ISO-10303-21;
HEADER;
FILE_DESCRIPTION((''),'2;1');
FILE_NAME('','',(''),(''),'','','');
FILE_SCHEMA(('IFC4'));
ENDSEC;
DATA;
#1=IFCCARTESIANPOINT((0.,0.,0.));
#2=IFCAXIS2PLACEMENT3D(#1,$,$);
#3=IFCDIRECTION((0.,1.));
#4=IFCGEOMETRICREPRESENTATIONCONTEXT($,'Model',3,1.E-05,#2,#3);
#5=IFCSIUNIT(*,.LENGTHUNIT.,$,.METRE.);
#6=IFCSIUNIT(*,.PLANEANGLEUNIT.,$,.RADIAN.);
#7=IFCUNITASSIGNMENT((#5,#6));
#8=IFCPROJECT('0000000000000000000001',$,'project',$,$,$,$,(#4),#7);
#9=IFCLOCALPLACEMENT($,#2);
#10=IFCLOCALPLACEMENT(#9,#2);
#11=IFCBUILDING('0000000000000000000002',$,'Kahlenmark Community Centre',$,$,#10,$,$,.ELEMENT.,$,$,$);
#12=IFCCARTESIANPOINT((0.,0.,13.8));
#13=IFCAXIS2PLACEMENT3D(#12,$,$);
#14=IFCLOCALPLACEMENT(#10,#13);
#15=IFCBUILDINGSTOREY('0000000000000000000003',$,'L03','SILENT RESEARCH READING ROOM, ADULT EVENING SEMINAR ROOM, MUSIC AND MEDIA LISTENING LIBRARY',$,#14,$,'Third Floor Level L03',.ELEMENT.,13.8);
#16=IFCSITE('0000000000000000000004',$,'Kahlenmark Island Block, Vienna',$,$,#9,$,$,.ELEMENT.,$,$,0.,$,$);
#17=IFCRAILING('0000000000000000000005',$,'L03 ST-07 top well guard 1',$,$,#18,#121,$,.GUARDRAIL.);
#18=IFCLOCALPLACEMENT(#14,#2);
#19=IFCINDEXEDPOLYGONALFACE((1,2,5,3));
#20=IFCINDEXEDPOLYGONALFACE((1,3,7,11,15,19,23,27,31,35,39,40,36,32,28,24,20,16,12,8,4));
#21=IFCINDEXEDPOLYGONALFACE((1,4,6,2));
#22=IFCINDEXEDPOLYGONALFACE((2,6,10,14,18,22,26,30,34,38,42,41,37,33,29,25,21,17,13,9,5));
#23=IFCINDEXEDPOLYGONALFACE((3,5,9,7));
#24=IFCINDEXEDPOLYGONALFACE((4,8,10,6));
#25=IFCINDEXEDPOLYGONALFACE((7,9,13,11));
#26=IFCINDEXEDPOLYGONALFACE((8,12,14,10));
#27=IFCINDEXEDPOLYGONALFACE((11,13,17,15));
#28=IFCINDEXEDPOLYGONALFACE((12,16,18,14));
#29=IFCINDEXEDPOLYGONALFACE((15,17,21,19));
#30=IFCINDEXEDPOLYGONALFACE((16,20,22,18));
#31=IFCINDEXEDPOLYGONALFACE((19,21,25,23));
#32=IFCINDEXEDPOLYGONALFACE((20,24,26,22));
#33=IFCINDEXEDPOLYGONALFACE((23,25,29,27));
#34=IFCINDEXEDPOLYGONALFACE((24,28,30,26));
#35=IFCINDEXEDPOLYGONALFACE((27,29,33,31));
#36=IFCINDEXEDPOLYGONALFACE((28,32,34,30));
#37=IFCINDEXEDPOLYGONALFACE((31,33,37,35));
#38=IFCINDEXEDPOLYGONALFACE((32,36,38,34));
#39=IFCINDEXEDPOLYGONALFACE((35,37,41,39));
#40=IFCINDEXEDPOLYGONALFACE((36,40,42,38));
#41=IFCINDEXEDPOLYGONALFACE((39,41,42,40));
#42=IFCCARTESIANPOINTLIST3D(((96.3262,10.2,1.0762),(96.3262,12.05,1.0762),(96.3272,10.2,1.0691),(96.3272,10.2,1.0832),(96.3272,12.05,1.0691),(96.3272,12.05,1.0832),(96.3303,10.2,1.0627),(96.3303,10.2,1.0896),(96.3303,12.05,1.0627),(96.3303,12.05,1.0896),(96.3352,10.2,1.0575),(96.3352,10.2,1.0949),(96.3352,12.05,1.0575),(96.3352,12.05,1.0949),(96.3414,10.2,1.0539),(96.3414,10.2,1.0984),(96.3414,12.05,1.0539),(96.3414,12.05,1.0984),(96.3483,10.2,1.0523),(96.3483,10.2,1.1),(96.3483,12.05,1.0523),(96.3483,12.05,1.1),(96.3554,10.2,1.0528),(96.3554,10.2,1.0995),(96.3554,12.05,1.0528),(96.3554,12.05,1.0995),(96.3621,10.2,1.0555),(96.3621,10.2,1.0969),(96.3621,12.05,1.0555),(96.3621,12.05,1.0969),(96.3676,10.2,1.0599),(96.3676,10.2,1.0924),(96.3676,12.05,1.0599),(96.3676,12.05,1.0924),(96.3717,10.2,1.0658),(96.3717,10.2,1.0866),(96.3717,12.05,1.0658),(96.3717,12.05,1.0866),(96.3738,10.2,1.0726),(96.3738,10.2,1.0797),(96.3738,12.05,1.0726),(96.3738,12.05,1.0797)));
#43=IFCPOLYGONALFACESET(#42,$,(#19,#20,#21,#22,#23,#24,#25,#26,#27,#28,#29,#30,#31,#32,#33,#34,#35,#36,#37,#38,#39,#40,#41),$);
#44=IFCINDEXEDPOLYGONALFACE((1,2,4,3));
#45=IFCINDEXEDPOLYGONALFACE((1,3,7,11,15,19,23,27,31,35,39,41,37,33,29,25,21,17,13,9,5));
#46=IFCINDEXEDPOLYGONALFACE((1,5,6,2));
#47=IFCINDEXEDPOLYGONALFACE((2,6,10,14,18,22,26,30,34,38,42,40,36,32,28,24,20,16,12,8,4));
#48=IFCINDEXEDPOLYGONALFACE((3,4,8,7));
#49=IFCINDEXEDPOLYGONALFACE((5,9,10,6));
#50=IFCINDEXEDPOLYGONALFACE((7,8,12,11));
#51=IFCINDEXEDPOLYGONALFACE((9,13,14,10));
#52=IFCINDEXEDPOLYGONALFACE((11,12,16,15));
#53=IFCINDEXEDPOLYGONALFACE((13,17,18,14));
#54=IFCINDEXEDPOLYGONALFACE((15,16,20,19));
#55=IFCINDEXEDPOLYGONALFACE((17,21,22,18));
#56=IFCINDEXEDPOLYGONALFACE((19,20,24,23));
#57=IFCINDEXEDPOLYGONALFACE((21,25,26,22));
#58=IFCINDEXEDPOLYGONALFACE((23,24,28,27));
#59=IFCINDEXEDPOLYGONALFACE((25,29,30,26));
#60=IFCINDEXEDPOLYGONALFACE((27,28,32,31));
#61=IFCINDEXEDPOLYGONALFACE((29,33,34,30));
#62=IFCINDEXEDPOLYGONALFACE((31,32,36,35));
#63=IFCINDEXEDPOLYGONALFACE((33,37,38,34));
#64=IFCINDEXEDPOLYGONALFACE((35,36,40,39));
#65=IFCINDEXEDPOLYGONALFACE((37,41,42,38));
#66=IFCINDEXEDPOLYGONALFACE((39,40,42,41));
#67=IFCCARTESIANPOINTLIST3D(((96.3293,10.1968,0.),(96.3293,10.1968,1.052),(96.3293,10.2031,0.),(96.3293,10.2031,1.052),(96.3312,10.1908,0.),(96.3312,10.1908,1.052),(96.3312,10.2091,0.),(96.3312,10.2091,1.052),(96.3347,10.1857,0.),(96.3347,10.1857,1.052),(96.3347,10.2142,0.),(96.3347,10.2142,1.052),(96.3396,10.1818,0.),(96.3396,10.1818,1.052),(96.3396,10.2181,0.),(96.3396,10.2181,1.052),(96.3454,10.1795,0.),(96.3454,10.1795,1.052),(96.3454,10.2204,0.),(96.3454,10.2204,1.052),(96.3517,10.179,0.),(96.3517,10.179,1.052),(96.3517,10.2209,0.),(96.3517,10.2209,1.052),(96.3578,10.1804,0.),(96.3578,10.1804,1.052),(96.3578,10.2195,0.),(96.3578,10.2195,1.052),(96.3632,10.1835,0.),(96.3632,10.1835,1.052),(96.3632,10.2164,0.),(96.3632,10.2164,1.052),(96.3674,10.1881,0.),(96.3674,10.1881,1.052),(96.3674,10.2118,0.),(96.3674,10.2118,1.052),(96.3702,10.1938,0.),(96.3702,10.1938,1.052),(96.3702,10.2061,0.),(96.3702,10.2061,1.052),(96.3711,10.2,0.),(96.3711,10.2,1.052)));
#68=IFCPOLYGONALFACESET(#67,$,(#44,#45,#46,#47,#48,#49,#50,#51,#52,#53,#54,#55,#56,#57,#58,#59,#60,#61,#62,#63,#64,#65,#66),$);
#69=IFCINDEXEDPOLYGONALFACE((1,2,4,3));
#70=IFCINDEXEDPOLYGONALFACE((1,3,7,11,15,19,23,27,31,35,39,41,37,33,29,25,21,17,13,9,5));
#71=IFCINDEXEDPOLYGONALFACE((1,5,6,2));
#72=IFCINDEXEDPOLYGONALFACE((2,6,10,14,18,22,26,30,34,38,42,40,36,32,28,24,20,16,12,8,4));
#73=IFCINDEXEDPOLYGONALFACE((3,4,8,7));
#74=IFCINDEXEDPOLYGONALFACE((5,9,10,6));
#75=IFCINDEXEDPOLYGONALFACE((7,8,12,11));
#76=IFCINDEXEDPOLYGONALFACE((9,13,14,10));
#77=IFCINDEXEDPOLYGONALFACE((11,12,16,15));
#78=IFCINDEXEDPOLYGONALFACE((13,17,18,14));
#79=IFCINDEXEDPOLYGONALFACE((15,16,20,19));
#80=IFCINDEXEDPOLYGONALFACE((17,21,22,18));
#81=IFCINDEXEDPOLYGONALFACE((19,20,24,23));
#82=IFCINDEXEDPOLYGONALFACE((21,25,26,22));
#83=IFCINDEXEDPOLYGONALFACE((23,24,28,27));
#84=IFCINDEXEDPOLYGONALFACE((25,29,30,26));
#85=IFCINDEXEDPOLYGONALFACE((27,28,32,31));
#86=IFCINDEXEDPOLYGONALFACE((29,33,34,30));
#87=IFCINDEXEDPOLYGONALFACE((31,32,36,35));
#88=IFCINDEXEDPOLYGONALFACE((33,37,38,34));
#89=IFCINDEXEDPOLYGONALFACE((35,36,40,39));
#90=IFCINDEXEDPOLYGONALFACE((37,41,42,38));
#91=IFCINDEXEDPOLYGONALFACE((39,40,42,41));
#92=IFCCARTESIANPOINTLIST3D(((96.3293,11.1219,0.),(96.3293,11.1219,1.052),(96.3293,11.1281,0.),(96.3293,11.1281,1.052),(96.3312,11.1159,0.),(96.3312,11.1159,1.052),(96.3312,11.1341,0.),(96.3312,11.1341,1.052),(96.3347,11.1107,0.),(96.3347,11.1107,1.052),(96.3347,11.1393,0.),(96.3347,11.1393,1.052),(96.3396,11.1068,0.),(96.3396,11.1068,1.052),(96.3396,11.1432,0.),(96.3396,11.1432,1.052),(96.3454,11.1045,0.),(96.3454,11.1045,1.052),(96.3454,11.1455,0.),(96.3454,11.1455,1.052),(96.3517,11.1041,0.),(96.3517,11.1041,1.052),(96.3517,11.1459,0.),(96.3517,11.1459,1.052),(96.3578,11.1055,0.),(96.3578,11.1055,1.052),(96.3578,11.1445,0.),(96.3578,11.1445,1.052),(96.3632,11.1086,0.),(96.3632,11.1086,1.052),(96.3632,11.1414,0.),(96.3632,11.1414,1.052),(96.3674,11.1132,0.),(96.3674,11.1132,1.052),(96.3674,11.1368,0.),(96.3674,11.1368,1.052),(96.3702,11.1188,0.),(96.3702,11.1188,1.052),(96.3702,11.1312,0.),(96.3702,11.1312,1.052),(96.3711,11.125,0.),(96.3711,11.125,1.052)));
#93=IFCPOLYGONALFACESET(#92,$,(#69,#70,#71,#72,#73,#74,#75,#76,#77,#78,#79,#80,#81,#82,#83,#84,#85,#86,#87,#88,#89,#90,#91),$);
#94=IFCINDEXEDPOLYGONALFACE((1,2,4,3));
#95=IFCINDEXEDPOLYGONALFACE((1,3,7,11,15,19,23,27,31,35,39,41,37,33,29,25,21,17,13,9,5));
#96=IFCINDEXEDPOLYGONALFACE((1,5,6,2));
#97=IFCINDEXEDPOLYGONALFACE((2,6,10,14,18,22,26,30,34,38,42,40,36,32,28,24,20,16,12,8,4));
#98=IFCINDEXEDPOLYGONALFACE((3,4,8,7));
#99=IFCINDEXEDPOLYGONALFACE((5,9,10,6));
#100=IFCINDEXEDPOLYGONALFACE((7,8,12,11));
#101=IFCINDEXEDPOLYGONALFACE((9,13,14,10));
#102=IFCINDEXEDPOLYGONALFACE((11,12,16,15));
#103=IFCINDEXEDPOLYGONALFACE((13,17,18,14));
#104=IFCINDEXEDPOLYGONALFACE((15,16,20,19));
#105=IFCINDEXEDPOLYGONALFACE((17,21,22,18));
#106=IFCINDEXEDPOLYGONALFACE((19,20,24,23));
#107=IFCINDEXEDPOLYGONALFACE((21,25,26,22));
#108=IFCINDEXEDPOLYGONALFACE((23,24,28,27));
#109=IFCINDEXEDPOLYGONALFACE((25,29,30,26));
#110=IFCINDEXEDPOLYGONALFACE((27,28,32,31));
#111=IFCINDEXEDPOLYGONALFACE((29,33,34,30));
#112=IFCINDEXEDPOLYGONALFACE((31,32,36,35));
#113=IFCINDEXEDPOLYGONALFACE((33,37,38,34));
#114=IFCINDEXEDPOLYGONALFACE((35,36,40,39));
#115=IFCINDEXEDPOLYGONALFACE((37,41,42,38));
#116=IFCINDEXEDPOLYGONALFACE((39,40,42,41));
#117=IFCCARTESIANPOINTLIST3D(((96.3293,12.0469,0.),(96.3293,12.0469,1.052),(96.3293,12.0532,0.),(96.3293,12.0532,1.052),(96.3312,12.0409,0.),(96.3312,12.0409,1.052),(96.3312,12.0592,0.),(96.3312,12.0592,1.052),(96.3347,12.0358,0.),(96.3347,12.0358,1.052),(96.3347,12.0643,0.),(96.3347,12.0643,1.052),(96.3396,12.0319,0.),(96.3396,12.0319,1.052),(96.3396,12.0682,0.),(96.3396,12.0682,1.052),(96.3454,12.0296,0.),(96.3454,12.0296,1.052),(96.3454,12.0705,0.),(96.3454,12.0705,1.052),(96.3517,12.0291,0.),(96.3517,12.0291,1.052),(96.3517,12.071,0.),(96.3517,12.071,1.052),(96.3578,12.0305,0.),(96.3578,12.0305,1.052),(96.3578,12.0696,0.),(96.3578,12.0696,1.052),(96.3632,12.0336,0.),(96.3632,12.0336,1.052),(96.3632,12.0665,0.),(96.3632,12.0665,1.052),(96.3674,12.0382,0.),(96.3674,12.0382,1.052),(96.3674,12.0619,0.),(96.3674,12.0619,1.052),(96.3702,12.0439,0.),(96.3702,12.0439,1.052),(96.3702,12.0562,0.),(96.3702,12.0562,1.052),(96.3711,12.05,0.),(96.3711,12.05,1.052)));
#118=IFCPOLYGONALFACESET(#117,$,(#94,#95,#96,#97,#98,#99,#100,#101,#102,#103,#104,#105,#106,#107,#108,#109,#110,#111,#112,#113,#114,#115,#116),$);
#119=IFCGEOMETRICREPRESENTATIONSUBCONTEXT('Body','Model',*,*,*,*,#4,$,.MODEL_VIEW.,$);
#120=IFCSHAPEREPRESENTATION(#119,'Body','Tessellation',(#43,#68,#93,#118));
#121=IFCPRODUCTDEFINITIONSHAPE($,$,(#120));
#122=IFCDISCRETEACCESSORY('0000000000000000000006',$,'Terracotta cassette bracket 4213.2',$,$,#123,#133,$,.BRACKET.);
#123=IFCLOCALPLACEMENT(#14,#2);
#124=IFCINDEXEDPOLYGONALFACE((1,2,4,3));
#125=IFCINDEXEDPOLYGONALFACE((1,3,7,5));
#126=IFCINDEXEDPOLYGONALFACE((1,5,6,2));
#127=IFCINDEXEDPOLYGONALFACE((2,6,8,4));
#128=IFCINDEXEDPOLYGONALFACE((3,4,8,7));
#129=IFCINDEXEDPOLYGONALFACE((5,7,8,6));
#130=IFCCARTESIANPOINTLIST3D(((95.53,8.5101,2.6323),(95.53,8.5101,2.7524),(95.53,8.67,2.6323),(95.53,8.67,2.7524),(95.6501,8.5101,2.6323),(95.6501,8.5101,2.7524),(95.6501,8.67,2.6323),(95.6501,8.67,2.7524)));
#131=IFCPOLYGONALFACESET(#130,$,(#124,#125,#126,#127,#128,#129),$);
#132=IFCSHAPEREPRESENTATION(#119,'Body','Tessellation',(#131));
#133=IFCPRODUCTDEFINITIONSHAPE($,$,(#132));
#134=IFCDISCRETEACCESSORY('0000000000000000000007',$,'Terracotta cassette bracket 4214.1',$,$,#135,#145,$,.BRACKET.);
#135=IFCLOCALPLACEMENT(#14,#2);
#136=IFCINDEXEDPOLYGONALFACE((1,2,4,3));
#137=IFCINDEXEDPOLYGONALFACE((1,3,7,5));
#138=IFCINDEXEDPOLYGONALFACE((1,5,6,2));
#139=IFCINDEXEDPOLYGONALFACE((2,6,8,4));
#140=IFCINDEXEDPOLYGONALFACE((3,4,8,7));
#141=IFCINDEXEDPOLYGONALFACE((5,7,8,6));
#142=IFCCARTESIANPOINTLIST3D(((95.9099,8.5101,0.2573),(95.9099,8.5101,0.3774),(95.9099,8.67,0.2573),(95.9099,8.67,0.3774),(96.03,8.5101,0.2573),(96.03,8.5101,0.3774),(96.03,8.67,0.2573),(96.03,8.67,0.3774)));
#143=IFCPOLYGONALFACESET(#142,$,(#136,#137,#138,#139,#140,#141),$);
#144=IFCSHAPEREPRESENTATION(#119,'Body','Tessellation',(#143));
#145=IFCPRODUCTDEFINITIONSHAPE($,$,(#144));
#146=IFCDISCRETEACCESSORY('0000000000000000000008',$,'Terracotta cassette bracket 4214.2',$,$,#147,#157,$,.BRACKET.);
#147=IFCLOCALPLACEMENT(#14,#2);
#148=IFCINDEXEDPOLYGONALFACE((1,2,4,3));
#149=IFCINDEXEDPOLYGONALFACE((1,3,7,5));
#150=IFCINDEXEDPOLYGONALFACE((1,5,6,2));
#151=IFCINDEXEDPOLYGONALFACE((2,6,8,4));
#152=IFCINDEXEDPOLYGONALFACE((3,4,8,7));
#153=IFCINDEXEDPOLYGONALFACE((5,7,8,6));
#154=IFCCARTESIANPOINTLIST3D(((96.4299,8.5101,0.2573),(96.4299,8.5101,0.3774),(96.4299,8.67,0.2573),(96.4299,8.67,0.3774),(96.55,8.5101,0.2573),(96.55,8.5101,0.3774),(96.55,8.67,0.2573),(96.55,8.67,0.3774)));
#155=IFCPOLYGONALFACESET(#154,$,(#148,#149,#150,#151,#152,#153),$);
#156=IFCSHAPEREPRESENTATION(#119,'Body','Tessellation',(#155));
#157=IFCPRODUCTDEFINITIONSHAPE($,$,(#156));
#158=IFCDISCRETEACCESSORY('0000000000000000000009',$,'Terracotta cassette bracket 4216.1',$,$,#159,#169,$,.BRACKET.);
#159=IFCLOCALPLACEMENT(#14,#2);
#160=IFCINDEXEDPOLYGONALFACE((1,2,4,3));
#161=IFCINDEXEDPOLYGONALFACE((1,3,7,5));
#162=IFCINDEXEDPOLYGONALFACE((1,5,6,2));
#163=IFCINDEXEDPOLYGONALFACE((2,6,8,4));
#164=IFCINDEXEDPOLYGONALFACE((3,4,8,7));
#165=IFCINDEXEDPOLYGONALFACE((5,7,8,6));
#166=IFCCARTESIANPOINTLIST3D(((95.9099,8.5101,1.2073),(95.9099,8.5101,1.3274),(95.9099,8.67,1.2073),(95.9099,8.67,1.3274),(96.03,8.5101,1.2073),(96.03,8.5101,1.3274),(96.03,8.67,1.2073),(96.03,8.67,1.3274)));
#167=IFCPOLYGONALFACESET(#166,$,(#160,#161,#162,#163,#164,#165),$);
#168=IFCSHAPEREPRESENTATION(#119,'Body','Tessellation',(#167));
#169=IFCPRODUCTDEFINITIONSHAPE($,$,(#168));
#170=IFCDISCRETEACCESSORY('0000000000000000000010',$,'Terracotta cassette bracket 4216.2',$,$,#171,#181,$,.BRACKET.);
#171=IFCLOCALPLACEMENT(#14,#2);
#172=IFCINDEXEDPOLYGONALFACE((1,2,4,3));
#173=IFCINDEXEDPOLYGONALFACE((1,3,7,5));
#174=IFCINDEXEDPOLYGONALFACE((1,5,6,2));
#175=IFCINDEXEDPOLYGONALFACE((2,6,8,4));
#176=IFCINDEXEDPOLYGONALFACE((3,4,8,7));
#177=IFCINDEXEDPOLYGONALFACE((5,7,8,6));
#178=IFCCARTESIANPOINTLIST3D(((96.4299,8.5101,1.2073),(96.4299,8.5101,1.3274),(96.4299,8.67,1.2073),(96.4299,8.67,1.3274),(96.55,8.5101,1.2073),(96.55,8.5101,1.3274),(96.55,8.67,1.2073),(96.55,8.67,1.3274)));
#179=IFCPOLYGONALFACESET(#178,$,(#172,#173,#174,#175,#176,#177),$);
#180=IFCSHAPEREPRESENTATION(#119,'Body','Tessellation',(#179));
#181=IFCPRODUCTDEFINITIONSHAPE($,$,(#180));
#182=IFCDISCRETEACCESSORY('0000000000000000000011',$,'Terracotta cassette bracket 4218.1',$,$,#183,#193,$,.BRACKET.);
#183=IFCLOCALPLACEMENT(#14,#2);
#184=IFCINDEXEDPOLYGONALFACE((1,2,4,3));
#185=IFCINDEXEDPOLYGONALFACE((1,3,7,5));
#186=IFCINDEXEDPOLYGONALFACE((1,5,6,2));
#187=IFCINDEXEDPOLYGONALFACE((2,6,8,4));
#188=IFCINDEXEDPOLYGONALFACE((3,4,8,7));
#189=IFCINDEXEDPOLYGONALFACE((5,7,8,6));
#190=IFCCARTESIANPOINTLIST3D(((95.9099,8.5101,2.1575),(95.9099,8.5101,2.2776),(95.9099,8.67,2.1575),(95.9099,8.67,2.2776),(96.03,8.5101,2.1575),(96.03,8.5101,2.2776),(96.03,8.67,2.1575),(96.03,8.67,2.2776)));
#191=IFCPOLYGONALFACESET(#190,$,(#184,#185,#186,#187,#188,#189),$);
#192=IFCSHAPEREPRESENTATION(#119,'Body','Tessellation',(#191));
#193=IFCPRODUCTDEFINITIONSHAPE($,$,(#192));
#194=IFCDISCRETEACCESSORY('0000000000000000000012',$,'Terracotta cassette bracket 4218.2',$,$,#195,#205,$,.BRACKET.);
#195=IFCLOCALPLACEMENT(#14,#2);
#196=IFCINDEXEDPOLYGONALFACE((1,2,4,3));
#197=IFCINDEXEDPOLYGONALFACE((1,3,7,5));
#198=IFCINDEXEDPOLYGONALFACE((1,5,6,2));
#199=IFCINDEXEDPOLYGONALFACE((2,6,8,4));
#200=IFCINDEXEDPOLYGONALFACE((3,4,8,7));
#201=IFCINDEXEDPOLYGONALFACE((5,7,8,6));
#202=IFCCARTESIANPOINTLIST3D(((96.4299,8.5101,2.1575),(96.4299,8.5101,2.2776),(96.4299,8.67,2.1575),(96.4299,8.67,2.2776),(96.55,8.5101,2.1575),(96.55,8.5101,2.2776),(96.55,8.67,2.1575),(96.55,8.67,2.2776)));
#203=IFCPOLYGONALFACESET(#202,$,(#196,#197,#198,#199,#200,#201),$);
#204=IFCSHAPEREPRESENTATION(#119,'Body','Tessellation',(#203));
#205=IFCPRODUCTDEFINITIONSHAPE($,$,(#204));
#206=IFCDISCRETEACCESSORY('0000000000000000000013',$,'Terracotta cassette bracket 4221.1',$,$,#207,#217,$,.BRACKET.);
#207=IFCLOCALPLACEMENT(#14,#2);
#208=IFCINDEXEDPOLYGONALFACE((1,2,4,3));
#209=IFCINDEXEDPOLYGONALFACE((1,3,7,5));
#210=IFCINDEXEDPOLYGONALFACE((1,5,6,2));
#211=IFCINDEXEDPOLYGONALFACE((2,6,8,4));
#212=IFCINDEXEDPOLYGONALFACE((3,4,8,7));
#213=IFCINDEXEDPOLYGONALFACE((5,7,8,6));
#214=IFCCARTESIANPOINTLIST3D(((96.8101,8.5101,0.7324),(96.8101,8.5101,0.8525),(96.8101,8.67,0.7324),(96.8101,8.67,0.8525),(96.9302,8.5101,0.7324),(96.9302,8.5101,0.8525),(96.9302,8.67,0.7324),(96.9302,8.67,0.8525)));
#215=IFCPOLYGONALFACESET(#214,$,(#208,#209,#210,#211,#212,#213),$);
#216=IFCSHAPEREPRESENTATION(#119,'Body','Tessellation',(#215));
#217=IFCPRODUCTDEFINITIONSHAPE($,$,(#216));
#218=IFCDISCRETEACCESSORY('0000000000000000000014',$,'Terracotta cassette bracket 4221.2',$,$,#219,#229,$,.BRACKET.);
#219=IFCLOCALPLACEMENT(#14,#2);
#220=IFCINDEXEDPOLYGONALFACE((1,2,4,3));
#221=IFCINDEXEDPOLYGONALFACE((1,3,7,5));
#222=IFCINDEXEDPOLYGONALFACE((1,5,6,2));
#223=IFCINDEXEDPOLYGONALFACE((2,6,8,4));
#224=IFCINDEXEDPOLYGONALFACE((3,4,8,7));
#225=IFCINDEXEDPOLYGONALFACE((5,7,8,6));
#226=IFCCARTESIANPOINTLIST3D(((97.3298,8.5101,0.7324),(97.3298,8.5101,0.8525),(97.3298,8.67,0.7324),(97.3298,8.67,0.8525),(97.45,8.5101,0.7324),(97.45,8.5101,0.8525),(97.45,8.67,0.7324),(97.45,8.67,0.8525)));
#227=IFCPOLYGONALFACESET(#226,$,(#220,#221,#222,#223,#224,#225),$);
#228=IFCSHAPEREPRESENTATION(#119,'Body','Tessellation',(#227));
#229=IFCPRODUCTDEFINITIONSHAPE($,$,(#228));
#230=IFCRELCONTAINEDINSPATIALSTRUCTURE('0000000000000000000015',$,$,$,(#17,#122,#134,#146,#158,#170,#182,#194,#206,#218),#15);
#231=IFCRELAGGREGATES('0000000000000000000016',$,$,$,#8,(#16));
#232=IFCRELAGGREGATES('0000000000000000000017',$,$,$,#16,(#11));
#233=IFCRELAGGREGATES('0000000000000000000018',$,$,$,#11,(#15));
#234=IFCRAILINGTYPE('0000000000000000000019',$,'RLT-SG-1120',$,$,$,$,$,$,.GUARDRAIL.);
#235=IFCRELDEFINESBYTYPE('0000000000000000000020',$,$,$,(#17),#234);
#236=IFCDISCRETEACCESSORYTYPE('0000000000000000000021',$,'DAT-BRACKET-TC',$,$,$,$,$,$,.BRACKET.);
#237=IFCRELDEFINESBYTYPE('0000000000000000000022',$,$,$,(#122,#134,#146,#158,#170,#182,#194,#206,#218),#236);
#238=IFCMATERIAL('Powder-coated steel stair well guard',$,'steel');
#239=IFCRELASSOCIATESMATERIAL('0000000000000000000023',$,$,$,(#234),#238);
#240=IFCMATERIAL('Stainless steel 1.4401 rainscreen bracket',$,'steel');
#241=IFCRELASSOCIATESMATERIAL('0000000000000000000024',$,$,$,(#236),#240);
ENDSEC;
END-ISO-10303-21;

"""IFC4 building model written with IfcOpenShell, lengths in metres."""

from ifc_helpers import new_model, si_unit, direction, frame, origin, origin_2d, place, context, subcontext, project, spatial, rectangle, circle, extrude, material, type_object, element, save


model = new_model("IFC4")

# Units and contexts
model_context = context("Model", 3, precision=1e-05, world=origin(), true_north=direction((0.0, 1.0)))
body_context = subcontext(model_context, "Body", "Model", "MODEL_VIEW")
ifc_project = project(units=[si_unit("LENGTHUNIT", "METRE"), si_unit("PLANEANGLEUNIT", "RADIAN")], contexts=[model_context])

# Site, building, storey
site_placement = place(None, origin())
site = spatial("IfcSite", under=ifc_project, at=site_placement, Name="Kahlenmark Island Block, Vienna", CompositionType="ELEMENT", RefElevation=0.0)
building_placement = place(site_placement, origin())
building = spatial("IfcBuilding", under=site, at=building_placement, Name="Kahlenmark Community Centre", CompositionType="ELEMENT")
storey_placement = place(building_placement, frame((0.0, 0.0, 13.8)))
storey = spatial("IfcBuildingStorey", under=building, at=storey_placement, Name="L03", Description="SILENT RESEARCH READING ROOM, ADULT EVENING SEMINAR ROOM, MUSIC AND MEDIA LISTENING LIBRARY", LongName="Third Floor Level L03", CompositionType="ELEMENT", Elevation=13.8)

# Railing
ifc_material_1 = material(Name="Powder-coated steel stair well guard", Category="steel")
railing_type = type_object("IfcRailingType", Name="RLT-SG-1120", PredefinedType="GUARDRAIL", material=ifc_material_1)
railing_placement = place(storey_placement, frame((96.3501, 10.2, 0.0)))
element("IfcRailing", 1, at=railing_placement, inside=storey, type_object=railing_type, Name="L03 ST-07 top well guard 1", PredefinedType="GUARDRAIL", context=body_context, shape_type="SweptSolid", body=[
    extrude(circle(Radius=0.0239, at=origin_2d()), frame((0.0, 0.0, 1.0762), z_axis=(0.0, 1.0, 0.0), x_axis=(-1.0, 0.0, 0.0)), (0.0, 0.0, 1.0), 1.8501),
    extrude(circle(Radius=0.021, at=origin_2d()), origin(), (0.0, 0.0, 1.0), 1.052),
    extrude(circle(Radius=0.021, at=origin_2d()), frame((0.0, 0.925, 0.0)), (0.0, 0.0, 1.0), 1.052),
    extrude(circle(Radius=0.021, at=origin_2d()), frame((0.0, 1.8501, 0.0)), (0.0, 0.0, 1.0), 1.052),
])

# Discrete accessories
ifc_material_2 = material(Name="Stainless steel 1.4401 rainscreen bracket", Category="steel")
discrete_accessory_type = type_object("IfcDiscreteAccessoryType", Name="DAT-BRACKET-TC", PredefinedType="BRACKET", material=ifc_material_2)
for number, where, z_axis, x_axis, name in (
    (2, (95.5901, 8.5901, 2.6323), (0.0, 0.0, 1.0), (1.0, 0.0, 0.0), "Terracotta cassette bracket 4213.2"),
    (3, (95.97, 8.5901, 0.2573), (0.0, 0.0, 1.0), (1.0, 0.0, 0.0), "Terracotta cassette bracket 4214.1"),
    (4, (96.49, 8.5901, 0.2573), (0.0, 0.0, 1.0), (1.0, 0.0, 0.0), "Terracotta cassette bracket 4214.2"),
    (5, (95.97, 8.5901, 1.2073), (0.0, 0.0, 1.0), (1.0, 0.0, 0.0), "Terracotta cassette bracket 4216.1"),
    (6, (96.49, 8.5901, 1.2073), (0.0, 0.0, 1.0), (1.0, 0.0, 0.0), "Terracotta cassette bracket 4216.2"),
    (7, (95.97, 8.5901, 2.1575), (0.0, 0.0, 1.0), (1.0, 0.0, 0.0), "Terracotta cassette bracket 4218.1"),
    (8, (96.49, 8.5901, 2.1575), (0.0, 0.0, 1.0), (1.0, 0.0, 0.0), "Terracotta cassette bracket 4218.2"),
    (9, (96.8701, 8.5901, 0.7324), (0.0, 0.0, 1.0), (1.0, 0.0, 0.0), "Terracotta cassette bracket 4221.1"),
    (10, (97.3899, 8.5901, 0.7324), (0.0, 0.0, 1.0), (1.0, 0.0, 0.0), "Terracotta cassette bracket 4221.2"),
):
    element("IfcDiscreteAccessory", number, at=place(storey_placement, frame(where, z_axis=z_axis, x_axis=x_axis)), inside=storey, type_object=discrete_accessory_type, Name=name, PredefinedType="BRACKET", context=body_context, shape_type="SweptSolid", body=[
        extrude(rectangle(XDim=0.1201, YDim=0.1599, at=origin_2d()), origin(), (0.0, 0.0, 1.0), 0.1201),
    ])

save(model, "model.ifc")
